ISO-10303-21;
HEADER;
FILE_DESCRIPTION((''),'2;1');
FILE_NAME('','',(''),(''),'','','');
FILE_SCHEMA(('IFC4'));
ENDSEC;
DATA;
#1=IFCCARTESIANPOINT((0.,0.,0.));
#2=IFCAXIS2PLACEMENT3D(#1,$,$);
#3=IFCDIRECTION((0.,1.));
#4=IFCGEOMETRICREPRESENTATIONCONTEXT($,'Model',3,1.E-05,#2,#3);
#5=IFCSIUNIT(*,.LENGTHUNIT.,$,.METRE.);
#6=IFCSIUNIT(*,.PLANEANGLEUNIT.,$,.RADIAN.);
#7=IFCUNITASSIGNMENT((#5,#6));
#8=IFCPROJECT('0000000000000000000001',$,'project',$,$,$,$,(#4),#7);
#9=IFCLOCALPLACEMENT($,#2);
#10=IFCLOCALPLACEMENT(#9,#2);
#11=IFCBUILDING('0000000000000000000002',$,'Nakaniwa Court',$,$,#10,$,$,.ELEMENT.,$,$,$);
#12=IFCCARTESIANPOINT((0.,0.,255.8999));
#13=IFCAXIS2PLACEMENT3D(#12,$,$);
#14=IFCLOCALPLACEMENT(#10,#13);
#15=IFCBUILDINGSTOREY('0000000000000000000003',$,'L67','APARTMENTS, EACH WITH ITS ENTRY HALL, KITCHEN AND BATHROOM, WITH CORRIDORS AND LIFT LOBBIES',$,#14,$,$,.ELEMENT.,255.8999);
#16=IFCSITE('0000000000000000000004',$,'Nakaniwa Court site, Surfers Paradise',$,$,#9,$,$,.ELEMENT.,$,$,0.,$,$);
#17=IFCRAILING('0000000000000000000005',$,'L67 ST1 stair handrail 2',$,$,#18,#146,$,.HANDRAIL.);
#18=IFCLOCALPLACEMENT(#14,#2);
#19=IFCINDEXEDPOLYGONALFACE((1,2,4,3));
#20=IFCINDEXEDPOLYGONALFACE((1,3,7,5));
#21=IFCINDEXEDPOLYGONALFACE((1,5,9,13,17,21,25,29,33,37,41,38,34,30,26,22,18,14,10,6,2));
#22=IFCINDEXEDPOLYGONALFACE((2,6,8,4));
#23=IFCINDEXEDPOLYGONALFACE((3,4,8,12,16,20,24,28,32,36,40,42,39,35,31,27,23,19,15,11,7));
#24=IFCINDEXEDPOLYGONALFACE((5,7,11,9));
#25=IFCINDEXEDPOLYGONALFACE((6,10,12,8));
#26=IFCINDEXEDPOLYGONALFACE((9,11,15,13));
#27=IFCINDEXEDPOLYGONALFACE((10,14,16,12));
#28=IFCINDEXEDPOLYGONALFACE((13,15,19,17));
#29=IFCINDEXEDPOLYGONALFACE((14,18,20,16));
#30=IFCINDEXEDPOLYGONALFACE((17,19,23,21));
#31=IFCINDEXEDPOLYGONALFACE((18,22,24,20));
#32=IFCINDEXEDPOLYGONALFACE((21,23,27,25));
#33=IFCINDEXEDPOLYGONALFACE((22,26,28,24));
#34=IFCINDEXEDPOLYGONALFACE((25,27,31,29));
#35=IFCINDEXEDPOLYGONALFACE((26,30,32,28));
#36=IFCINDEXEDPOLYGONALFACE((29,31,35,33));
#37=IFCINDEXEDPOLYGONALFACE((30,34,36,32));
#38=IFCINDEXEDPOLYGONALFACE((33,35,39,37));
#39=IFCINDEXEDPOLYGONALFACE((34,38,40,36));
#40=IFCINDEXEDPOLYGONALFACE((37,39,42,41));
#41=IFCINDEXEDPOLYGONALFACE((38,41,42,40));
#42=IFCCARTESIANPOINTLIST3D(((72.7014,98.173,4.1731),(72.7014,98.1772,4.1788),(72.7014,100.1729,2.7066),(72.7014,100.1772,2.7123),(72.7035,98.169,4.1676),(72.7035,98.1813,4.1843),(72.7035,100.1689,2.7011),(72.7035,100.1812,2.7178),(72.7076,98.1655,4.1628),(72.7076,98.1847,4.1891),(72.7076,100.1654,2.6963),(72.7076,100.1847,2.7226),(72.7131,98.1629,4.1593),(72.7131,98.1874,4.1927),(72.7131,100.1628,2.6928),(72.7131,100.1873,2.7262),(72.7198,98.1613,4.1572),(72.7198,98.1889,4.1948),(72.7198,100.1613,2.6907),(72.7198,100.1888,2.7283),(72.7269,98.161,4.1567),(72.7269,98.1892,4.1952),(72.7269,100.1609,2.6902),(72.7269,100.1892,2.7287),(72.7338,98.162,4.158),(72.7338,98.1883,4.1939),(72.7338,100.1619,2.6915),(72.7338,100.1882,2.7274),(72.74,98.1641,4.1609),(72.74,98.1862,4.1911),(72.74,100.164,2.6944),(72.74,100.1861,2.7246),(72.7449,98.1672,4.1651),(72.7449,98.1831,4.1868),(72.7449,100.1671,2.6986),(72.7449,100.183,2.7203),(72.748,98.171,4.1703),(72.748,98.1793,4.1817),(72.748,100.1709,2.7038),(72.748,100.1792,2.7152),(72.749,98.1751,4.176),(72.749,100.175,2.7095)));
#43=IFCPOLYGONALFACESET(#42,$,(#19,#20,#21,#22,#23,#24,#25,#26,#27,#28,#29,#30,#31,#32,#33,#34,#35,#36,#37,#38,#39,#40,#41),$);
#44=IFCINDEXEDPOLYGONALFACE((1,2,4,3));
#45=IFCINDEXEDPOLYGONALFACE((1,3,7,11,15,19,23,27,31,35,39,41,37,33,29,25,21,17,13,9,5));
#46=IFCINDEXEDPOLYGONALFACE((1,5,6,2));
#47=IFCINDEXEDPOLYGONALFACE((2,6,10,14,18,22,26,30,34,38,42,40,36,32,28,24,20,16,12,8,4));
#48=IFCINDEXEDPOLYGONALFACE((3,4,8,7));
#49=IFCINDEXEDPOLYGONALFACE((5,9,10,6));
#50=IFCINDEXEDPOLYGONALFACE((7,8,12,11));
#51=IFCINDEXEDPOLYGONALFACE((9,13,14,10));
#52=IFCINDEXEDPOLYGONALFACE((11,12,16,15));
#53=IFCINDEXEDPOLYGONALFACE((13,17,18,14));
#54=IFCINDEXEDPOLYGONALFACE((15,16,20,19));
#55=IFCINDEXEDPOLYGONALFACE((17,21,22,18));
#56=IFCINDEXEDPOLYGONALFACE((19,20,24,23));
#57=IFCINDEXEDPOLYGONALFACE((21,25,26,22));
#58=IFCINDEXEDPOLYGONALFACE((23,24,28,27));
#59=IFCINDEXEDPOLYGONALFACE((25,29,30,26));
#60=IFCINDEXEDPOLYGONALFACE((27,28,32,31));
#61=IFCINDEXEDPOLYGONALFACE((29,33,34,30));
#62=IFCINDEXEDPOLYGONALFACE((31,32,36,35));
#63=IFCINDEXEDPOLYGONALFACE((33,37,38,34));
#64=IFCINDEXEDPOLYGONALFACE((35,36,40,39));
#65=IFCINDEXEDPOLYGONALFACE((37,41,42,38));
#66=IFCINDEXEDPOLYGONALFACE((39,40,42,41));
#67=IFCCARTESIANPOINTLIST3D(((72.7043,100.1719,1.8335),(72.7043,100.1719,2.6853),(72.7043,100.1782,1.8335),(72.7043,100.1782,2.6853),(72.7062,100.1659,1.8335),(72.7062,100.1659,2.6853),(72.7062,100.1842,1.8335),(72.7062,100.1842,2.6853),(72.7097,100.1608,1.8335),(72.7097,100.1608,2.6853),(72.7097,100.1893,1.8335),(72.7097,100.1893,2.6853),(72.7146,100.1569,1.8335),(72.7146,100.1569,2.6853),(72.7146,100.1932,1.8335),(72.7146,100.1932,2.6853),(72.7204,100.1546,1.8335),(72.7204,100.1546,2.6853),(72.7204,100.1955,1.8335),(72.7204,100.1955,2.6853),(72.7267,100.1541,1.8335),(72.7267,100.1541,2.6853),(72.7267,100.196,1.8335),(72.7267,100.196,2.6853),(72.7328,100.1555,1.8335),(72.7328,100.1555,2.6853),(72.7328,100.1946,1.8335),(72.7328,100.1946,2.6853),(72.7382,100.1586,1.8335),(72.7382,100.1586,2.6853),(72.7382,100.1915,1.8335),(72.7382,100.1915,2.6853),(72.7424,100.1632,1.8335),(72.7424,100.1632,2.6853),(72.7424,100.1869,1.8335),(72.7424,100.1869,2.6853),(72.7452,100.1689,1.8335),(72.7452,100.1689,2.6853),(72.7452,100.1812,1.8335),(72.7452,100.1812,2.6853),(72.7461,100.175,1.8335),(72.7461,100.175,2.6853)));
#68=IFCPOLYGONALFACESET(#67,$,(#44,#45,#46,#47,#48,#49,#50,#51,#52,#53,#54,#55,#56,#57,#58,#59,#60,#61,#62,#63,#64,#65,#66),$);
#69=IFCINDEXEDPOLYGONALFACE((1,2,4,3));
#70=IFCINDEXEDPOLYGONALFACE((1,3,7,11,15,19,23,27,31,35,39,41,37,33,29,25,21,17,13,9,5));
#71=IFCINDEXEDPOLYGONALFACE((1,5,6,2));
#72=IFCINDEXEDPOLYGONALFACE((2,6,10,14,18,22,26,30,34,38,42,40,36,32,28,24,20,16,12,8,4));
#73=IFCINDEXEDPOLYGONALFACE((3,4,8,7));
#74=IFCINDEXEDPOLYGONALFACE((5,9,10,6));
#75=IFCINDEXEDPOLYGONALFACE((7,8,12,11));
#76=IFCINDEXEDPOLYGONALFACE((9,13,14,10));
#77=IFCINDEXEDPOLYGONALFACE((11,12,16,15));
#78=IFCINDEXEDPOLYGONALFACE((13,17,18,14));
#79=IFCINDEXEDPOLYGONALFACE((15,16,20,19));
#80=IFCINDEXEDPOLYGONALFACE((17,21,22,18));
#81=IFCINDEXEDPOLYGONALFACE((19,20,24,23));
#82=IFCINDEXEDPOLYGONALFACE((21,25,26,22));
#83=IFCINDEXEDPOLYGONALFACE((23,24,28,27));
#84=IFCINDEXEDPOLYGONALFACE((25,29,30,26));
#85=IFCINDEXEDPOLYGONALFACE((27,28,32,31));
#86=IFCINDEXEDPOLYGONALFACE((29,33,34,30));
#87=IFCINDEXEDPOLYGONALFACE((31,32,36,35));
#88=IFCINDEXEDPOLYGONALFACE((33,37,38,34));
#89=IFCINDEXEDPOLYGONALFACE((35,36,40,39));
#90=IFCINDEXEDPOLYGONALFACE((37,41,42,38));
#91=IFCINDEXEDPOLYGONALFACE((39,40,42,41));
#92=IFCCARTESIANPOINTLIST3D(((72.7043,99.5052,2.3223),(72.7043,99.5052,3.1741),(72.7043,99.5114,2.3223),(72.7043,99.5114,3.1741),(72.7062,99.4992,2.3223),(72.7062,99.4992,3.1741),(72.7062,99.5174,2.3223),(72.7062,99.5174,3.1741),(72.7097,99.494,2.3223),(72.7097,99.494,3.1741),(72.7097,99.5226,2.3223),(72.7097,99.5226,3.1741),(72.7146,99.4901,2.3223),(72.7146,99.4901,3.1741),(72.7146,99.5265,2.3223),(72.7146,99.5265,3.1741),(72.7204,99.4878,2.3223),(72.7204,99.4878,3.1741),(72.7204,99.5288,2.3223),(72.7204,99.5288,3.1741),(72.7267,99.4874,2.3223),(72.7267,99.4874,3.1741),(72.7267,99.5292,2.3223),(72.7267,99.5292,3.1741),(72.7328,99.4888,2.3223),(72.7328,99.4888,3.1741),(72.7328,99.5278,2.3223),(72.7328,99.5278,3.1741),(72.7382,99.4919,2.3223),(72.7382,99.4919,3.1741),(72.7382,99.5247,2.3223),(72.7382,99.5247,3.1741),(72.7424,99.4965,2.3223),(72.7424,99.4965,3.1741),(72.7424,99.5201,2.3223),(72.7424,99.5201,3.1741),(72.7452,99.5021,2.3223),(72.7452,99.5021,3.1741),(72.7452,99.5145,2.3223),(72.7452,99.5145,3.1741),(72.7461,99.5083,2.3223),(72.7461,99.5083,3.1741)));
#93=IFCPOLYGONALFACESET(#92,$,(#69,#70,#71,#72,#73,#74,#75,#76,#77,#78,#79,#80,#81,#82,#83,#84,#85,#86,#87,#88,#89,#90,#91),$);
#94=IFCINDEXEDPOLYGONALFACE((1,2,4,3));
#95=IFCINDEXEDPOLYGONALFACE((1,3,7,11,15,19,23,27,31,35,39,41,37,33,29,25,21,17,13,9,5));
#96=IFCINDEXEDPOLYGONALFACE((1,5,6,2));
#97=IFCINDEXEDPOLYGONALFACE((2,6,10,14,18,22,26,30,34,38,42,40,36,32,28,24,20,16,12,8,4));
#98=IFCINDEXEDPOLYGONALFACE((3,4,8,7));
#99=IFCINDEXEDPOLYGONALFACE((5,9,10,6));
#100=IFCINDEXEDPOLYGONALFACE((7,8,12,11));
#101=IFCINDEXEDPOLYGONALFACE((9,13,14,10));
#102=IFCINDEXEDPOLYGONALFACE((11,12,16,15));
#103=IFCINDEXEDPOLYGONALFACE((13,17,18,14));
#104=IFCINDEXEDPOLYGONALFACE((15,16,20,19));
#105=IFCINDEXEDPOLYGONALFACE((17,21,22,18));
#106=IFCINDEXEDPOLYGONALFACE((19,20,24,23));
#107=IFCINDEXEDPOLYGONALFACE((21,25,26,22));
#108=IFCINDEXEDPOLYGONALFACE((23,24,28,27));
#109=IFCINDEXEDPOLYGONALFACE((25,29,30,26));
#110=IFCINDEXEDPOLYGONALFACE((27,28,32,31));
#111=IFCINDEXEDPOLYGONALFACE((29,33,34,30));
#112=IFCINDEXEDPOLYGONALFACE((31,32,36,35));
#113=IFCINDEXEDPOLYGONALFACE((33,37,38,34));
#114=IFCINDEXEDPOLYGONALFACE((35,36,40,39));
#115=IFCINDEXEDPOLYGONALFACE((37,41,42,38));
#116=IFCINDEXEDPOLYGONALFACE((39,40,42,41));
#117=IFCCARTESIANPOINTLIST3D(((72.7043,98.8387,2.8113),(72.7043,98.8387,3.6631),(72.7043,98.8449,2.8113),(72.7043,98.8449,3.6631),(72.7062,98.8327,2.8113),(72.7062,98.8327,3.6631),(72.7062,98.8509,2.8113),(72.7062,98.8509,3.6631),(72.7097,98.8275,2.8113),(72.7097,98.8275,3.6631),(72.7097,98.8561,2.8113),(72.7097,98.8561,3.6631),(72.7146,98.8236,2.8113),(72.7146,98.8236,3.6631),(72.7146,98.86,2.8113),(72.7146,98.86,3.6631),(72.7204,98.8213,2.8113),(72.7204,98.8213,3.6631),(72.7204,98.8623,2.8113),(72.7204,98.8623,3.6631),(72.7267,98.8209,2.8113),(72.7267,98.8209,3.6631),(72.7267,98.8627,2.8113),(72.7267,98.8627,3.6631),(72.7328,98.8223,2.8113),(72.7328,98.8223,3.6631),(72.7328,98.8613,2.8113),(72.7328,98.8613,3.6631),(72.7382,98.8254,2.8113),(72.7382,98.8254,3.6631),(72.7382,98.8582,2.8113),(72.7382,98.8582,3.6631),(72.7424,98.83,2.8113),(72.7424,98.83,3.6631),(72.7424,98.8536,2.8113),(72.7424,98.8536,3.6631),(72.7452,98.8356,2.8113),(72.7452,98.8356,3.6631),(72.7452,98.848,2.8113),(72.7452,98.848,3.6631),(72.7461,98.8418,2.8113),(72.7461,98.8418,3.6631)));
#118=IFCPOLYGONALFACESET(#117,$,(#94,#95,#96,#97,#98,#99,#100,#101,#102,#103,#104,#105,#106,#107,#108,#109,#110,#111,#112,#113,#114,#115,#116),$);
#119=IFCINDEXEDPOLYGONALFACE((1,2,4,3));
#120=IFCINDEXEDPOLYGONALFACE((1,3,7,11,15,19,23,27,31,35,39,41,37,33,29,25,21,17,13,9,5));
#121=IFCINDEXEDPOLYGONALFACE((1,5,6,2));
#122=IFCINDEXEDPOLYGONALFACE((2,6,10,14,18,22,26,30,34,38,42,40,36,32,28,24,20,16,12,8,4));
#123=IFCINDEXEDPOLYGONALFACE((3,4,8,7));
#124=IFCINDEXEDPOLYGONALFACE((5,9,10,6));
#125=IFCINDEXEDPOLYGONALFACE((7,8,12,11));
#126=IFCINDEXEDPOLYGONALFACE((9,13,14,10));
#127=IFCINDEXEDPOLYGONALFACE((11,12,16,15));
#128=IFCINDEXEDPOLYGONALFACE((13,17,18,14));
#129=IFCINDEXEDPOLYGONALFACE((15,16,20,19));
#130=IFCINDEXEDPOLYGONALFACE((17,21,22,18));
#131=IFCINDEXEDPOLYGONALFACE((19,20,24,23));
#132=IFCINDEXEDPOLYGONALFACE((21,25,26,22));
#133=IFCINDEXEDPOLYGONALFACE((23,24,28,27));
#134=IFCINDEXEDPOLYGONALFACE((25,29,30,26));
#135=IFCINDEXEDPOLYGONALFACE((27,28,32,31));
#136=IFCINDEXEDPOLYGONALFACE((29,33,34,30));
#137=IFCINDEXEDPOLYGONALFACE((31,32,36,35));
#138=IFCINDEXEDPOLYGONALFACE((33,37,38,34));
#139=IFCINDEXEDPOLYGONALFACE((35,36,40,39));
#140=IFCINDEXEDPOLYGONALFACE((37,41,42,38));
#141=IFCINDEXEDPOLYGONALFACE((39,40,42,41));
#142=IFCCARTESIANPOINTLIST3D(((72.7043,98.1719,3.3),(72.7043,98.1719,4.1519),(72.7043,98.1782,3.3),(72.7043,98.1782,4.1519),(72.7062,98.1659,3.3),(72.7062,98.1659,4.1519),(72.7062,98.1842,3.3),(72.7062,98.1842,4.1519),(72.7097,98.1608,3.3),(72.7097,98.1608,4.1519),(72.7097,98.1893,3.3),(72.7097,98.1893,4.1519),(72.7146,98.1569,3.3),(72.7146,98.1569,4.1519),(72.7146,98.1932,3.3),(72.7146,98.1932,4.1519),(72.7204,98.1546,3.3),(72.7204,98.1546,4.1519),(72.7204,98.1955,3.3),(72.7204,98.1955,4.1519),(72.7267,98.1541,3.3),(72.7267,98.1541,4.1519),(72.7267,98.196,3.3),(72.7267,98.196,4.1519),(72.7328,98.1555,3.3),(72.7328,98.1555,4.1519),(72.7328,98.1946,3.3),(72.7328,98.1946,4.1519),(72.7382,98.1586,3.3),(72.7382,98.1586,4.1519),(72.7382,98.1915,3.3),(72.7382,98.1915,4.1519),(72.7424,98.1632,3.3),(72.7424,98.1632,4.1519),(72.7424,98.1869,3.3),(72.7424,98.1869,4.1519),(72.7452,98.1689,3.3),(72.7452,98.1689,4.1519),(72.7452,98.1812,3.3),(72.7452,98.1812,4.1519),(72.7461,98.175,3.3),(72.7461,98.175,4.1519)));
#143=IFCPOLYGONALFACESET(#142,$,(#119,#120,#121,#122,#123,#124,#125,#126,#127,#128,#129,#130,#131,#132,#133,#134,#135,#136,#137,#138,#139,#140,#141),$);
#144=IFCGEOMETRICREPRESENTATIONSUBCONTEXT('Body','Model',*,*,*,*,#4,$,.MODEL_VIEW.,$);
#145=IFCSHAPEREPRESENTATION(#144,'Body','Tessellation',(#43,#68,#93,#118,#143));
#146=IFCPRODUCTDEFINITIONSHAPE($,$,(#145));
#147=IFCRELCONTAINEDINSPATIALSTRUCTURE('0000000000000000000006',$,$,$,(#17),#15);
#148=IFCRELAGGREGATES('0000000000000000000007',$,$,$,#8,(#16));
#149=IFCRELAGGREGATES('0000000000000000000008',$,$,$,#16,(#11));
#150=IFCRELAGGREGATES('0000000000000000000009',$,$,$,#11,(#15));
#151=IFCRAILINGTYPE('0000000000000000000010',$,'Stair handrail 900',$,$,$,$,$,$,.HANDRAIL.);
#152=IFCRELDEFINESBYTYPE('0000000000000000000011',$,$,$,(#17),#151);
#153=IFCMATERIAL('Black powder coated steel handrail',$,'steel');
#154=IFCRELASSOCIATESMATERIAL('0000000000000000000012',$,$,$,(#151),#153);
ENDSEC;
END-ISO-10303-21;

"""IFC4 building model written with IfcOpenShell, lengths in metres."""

from ifc_helpers import new_model, si_unit, direction, frame, origin, origin_2d, place, context, subcontext, project, spatial, circle, extrude, material, type_object, element, save


model = new_model("IFC4")

# Units and contexts
model_context = context("Model", 3, precision=1e-05, world=origin(), true_north=direction((0.0, 1.0)))
body_context = subcontext(model_context, "Body", "Model", "MODEL_VIEW")
ifc_project = project(units=[si_unit("LENGTHUNIT", "METRE"), si_unit("PLANEANGLEUNIT", "RADIAN")], contexts=[model_context])

# Site, building, storey
site_placement = place(None, origin())
site = spatial("IfcSite", under=ifc_project, at=site_placement, Name="Nakaniwa Court site, Surfers Paradise", CompositionType="ELEMENT", RefElevation=0.0)
building_placement = place(site_placement, origin())
building = spatial("IfcBuilding", under=site, at=building_placement, Name="Nakaniwa Court", CompositionType="ELEMENT")
storey_placement = place(building_placement, frame((0.0, 0.0, 255.8999)))
storey = spatial("IfcBuildingStorey", under=building, at=storey_placement, Name="L67", Description="APARTMENTS, EACH WITH ITS ENTRY HALL, KITCHEN AND BATHROOM, WITH CORRIDORS AND LIFT LOBBIES", CompositionType="ELEMENT", Elevation=255.8999)

# Railing
ifc_material_1 = material(Name="Black powder coated steel handrail", Category="steel")
railing_type_1 = type_object("IfcRailingType", Name="Stair handrail 900", PredefinedType="HANDRAIL", material=ifc_material_1)
railing_1_placement = place(storey_placement, frame((72.7251, 100.175, 1.8335)))
element("IfcRailing", 1, at=railing_1_placement, inside=storey, type_object=railing_type_1, Name="L67 ST1 stair handrail 2", PredefinedType="HANDRAIL", context=body_context, shape_type="SweptSolid", body=[
    extrude(circle(Radius=0.0239, at=origin_2d()), frame((0.0, 0.0, 0.876), z_axis=(0.0, -0.806427, 0.591334), x_axis=(1.0, 0.0, 0.0)), (0.0, 0.0, 1.0), 2.48),
    extrude(circle(Radius=0.021, at=origin_2d()), origin(), (0.0, 0.0, 1.0), 0.8518),
    extrude(circle(Radius=0.021, at=origin_2d()), frame((0.0, -0.6667, 0.4888)), (0.0, 0.0, 1.0), 0.8518),
    extrude(circle(Radius=0.021, at=origin_2d()), frame((0.0, -1.3333, 0.9778)), (0.0, 0.0, 1.0), 0.8518),
    extrude(circle(Radius=0.021, at=origin_2d()), frame((0.0, -2.0, 1.4666)), (0.0, 0.0, 1.0), 0.8518),
])

save(model, "model.ifc")
